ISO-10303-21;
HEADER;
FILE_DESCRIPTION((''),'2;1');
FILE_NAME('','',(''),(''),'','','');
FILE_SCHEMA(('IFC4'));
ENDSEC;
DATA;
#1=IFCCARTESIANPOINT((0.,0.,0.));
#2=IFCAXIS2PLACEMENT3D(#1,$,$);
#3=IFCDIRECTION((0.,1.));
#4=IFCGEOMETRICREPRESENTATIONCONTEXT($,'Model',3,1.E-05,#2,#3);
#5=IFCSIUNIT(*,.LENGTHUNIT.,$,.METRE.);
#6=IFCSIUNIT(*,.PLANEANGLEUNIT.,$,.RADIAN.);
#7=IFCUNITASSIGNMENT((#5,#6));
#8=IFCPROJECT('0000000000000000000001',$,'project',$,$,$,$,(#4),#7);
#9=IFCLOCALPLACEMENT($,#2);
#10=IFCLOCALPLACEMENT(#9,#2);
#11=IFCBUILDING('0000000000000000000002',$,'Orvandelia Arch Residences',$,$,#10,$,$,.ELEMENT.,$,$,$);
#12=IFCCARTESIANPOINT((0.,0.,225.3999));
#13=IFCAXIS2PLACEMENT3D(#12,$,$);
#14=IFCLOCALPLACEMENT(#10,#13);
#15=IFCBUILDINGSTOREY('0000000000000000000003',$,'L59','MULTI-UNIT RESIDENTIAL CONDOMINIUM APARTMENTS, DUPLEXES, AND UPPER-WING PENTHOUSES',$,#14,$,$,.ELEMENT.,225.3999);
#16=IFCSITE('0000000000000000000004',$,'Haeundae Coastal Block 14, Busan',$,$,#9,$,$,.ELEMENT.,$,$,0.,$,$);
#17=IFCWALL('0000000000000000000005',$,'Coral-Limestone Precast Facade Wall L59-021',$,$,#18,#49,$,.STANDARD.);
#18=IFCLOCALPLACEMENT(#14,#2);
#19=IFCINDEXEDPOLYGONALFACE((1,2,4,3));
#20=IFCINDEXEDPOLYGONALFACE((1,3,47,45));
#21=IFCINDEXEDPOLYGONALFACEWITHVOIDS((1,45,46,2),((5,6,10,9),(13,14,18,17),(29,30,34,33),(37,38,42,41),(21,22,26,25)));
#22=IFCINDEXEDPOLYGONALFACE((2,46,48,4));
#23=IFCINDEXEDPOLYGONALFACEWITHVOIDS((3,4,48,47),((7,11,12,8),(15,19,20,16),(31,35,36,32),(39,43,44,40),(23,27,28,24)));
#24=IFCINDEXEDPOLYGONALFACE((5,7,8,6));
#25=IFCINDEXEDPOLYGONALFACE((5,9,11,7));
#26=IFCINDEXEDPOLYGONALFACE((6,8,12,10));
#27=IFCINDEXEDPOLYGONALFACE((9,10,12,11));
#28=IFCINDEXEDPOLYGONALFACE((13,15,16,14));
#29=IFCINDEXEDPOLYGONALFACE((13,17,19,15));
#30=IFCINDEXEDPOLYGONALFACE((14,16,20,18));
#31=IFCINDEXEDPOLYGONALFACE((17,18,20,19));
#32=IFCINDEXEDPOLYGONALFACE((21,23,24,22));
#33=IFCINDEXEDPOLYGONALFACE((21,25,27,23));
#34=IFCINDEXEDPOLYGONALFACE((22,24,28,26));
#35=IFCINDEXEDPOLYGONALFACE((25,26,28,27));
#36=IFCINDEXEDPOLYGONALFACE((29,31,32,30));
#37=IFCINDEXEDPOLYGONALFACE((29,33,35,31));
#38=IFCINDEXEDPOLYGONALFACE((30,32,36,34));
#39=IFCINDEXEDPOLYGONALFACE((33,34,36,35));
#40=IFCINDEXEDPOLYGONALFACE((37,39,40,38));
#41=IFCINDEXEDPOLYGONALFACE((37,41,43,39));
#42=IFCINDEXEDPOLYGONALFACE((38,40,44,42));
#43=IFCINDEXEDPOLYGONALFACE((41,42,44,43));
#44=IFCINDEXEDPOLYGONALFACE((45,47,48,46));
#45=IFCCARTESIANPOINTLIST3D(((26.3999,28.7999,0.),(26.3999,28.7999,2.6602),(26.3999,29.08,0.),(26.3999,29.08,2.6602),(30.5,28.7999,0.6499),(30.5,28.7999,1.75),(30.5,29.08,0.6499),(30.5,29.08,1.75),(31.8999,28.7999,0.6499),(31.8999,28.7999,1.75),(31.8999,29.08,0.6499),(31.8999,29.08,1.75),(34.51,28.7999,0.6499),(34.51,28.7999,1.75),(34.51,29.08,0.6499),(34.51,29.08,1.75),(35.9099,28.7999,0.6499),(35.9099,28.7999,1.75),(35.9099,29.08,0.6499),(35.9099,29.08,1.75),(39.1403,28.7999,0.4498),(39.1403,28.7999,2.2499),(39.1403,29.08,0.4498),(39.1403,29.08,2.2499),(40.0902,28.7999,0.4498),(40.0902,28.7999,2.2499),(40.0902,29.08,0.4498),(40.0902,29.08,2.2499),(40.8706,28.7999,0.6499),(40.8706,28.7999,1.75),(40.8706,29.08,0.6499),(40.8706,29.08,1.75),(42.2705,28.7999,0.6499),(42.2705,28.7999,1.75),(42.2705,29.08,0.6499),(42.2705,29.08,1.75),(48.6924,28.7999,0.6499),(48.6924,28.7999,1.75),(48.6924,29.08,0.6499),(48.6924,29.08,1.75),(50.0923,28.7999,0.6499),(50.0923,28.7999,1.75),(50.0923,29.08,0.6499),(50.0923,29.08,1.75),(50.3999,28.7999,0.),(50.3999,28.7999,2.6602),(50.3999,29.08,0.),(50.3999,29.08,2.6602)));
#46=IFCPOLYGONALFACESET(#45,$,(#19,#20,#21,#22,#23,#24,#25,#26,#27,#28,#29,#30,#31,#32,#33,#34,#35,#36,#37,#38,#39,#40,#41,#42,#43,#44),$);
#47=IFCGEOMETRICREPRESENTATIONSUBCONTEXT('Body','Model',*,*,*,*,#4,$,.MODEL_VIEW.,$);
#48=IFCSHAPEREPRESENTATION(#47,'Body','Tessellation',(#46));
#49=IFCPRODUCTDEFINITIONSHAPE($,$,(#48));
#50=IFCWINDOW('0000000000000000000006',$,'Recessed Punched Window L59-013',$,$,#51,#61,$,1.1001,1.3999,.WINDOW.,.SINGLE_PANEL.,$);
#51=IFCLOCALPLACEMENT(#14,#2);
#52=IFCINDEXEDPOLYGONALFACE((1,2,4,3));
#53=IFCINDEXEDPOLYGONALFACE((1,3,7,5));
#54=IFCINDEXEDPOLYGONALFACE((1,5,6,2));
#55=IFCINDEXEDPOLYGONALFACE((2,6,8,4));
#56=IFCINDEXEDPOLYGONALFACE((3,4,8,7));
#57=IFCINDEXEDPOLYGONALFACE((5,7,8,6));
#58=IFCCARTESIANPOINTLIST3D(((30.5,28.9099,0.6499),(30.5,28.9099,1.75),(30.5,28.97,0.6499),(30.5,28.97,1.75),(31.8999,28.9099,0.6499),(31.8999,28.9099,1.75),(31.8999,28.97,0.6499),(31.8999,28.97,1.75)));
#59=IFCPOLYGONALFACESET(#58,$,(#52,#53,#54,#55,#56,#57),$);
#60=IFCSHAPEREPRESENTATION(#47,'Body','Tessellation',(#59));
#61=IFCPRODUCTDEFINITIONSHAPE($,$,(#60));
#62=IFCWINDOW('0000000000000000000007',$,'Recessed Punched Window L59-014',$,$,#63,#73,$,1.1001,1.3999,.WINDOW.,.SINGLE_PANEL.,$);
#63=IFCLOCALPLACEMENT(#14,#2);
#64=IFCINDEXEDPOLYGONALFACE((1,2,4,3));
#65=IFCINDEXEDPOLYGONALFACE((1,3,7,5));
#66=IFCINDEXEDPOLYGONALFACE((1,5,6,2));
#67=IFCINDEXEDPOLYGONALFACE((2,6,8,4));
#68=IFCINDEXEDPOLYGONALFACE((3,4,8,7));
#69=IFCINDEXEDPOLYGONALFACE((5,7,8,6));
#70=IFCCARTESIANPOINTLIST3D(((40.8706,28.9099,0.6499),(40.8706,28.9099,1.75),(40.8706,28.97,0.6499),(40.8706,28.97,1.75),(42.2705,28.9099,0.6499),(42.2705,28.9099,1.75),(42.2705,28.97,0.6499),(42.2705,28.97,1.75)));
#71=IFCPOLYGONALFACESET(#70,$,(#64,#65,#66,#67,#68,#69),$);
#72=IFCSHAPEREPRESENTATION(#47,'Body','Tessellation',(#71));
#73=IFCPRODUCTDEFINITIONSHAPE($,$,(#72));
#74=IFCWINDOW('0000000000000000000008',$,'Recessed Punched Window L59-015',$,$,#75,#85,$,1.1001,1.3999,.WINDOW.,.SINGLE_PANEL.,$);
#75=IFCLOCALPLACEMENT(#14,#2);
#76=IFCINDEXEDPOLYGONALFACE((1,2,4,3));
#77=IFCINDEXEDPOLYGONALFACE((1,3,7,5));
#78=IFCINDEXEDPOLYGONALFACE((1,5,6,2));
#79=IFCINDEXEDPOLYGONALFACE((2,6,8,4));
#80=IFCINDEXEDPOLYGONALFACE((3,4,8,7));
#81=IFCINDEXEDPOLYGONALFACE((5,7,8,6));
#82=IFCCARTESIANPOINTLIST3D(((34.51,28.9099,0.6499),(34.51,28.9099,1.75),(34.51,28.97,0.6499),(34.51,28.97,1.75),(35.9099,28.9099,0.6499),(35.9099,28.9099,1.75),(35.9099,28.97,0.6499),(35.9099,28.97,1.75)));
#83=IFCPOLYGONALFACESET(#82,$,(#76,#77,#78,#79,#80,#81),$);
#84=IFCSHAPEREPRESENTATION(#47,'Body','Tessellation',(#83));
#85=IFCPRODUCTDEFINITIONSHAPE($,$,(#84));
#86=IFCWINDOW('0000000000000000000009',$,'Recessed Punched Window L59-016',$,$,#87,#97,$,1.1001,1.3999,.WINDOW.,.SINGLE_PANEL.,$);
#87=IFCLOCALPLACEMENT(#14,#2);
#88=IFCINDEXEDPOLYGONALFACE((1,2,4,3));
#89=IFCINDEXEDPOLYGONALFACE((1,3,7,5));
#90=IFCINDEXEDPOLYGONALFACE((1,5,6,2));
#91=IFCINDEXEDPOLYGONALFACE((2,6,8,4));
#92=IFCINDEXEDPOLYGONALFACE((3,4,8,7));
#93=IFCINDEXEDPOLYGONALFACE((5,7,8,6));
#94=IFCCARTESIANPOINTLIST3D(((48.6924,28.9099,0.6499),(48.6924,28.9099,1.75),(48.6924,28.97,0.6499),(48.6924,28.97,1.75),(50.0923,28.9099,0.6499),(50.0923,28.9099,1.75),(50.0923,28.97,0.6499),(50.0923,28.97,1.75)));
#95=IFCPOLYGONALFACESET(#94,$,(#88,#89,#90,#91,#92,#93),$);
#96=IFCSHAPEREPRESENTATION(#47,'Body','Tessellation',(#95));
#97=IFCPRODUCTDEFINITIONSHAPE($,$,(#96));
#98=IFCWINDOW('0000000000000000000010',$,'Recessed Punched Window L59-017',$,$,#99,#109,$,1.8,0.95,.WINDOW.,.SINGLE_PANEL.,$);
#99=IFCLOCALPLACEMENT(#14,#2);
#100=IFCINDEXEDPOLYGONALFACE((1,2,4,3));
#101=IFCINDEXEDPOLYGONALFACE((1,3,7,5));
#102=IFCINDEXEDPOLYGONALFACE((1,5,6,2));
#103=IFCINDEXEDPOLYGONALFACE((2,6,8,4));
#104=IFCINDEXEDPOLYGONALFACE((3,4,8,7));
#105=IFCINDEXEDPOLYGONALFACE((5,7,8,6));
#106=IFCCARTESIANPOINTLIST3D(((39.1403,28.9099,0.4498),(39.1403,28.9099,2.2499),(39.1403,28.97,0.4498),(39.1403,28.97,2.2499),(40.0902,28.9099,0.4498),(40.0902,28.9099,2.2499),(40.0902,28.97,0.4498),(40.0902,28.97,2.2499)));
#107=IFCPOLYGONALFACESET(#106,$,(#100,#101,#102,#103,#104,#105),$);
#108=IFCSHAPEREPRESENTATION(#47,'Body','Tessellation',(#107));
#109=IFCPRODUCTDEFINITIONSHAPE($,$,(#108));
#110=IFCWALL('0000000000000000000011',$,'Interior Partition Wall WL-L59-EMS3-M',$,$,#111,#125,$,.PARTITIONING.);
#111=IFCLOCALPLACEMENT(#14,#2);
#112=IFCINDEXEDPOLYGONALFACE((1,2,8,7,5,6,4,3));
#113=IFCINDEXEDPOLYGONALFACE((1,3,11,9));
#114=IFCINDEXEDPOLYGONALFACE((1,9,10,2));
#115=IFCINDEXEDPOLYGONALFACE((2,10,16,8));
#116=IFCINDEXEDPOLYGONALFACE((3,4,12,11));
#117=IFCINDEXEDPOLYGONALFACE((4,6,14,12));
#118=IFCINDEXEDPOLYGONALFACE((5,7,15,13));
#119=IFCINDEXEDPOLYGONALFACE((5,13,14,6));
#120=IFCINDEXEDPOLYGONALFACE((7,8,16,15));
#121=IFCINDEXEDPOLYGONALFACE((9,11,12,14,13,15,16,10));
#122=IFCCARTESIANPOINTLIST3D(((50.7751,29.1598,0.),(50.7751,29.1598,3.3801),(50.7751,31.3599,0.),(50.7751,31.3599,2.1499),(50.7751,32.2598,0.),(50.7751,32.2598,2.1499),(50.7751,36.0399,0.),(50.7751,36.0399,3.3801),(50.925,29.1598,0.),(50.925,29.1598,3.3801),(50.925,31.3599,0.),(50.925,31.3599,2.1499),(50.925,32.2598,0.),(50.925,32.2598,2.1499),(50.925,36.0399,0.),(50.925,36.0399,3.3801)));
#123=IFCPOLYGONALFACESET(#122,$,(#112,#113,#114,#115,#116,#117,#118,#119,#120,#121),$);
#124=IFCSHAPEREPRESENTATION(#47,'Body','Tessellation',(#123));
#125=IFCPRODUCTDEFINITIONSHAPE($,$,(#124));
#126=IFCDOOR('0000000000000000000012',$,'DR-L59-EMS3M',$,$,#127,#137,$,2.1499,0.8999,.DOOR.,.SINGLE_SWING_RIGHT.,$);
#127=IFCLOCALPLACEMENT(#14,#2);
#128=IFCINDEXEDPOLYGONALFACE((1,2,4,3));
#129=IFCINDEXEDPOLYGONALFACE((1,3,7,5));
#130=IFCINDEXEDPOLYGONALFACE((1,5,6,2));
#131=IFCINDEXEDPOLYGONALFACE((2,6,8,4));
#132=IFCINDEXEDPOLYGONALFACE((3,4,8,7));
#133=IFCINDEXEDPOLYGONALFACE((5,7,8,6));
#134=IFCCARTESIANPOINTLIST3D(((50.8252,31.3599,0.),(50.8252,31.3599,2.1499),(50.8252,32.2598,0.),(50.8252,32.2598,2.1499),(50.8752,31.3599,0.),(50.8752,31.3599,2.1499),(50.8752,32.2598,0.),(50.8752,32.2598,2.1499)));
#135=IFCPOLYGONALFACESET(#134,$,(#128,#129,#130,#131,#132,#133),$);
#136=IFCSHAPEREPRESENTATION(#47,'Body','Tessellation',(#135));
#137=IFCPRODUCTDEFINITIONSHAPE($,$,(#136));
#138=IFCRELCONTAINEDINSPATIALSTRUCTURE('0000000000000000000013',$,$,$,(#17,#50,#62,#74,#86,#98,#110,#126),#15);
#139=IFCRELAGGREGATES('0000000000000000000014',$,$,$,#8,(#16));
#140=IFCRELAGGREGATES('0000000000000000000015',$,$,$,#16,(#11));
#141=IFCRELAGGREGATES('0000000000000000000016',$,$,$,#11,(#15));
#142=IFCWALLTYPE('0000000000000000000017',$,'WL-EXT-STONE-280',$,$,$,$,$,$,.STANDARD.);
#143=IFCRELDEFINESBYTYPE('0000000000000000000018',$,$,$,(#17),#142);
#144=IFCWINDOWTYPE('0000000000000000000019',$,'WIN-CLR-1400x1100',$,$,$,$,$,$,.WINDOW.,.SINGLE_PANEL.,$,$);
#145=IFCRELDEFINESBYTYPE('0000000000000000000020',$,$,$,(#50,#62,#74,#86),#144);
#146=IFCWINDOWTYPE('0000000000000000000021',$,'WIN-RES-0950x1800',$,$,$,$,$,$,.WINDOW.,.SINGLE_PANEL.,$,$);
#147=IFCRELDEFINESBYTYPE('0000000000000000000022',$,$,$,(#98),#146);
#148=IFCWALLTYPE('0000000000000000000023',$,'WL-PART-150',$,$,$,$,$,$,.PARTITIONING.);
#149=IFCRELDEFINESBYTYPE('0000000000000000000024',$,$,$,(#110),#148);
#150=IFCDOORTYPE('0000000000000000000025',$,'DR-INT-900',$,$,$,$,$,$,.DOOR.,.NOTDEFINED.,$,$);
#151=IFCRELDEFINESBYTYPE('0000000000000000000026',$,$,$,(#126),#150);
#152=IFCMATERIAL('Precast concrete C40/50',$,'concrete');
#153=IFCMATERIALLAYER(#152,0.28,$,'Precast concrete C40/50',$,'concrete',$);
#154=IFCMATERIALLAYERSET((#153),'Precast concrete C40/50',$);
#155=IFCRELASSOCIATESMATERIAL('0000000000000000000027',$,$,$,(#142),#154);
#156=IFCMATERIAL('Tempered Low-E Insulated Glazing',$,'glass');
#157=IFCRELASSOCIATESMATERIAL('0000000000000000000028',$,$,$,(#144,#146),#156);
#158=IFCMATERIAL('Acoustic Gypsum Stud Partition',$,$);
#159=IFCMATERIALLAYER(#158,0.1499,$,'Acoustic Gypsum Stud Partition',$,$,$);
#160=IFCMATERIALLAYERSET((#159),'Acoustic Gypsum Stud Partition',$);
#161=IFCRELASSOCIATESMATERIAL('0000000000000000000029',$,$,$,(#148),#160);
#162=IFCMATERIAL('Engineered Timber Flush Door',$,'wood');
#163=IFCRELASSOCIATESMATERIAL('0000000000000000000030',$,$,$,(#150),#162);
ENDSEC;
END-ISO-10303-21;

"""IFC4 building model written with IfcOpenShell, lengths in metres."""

from ifc_helpers import new_model, si_unit, direction, frame, frame_2d, origin, place, context, subcontext, project, spatial, rectangle, extrude, material, layer, layer_set, type_object, element, fill, save


model = new_model("IFC4")

# Units and contexts
model_context = context("Model", 3, precision=1e-05, world=origin(), true_north=direction((0.0, 1.0)))
body_context = subcontext(model_context, "Body", "Model", "MODEL_VIEW")
ifc_project = project(units=[si_unit("LENGTHUNIT", "METRE"), si_unit("PLANEANGLEUNIT", "RADIAN")], contexts=[model_context])

# Site, building, storey
site_placement = place(None, origin())
site = spatial("IfcSite", under=ifc_project, at=site_placement, Name="Haeundae Coastal Block 14, Busan", CompositionType="ELEMENT", RefElevation=0.0)
building_placement = place(site_placement, origin())
building = spatial("IfcBuilding", under=site, at=building_placement, Name="Orvandelia Arch Residences", CompositionType="ELEMENT")
storey_placement = place(building_placement, frame((0.0, 0.0, 225.3999)))
storey = spatial("IfcBuildingStorey", under=building, at=storey_placement, Name="L59", Description="MULTI-UNIT RESIDENTIAL CONDOMINIUM APARTMENTS, DUPLEXES, AND UPPER-WING PENTHOUSES", CompositionType="ELEMENT", Elevation=225.3999)

# Shared definitions
ifc_material_1 = material(Name="Precast concrete C40/50", Category="concrete")
ifc_layer_1 = layer(ifc_material_1, 0.28, Name="Precast concrete C40/50", Category="concrete")
ifc_layer_set_1 = layer_set([ifc_layer_1], Name="Precast concrete C40/50")
wall_type_1 = type_object("IfcWallType", Name="WL-EXT-STONE-280", PredefinedType="STANDARD", material=ifc_layer_set_1)

# Wall, openings, windows
wall_1_placement = place(storey_placement, frame((50.3999, 28.9399, 0.0), z_axis=(0.0, 0.0, 1.0), x_axis=(-1.0, 0.0, 0.0)))
wall_1 = element("IfcWall", 1, at=wall_1_placement, inside=storey, type_object=wall_type_1, Name="Coral-Limestone Precast Facade Wall L59-021", PredefinedType="STANDARD", context=body_context, shape_type="SweptSolid", body=[
    extrude(rectangle(XDim=24.0, YDim=0.28, at=frame_2d((12.0, 0.0))), origin(), (0.0, 0.0, 1.0), 2.6602),
])
opening_1_placement = place(wall_1_placement, frame((18.5, 0.0, 0.6499)))
opening_1 = element("IfcOpeningElement", 2, at=opening_1_placement, cuts=wall_1, PredefinedType="OPENING", context=body_context, shape_type="SweptSolid", body=[
    extrude(rectangle(XDim=1.3999, YDim=1.1001, at=frame_2d((0.7, 0.55))), frame((0.0, 0.1499, 0.0), z_axis=(0.0, -1.0, 0.0), x_axis=(1.0, 0.0, 0.0)), (0.0, 0.0, 1.0), 0.3),
])
opening_2_placement = place(wall_1_placement, frame((8.1294, 0.0, 0.6499)))
opening_2 = element("IfcOpeningElement", 3, at=opening_2_placement, cuts=wall_1, PredefinedType="OPENING", context=body_context, shape_type="SweptSolid", body=[
    extrude(rectangle(XDim=1.3999, YDim=1.1001, at=frame_2d((0.7, 0.55))), frame((0.0, 0.1499, 0.0), z_axis=(0.0, -1.0, 0.0), x_axis=(1.0, 0.0, 0.0)), (0.0, 0.0, 1.0), 0.3),
])
opening_3_placement = place(wall_1_placement, frame((14.49, 0.0, 0.6499)))
opening_3 = element("IfcOpeningElement", 4, at=opening_3_placement, cuts=wall_1, PredefinedType="OPENING", context=body_context, shape_type="SweptSolid", body=[
    extrude(rectangle(XDim=1.3999, YDim=1.1001, at=frame_2d((0.7, 0.55))), frame((0.0, 0.1499, 0.0), z_axis=(0.0, -1.0, 0.0), x_axis=(1.0, 0.0, 0.0)), (0.0, 0.0, 1.0), 0.3),
])
opening_4_placement = place(wall_1_placement, frame((0.3076, 0.0, 0.6499)))
opening_4 = element("IfcOpeningElement", 5, at=opening_4_placement, cuts=wall_1, PredefinedType="OPENING", context=body_context, shape_type="SweptSolid", body=[
    extrude(rectangle(XDim=1.3999, YDim=1.1001, at=frame_2d((0.7, 0.55))), frame((0.0, 0.1499, 0.0), z_axis=(0.0, -1.0, 0.0), x_axis=(1.0, 0.0, 0.0)), (0.0, 0.0, 1.0), 0.3),
])
opening_5_placement = place(wall_1_placement, frame((10.3096, 0.0, 0.45)))
opening_5 = element("IfcOpeningElement", 6, at=opening_5_placement, cuts=wall_1, PredefinedType="OPENING", context=body_context, shape_type="SweptSolid", body=[
    extrude(rectangle(XDim=0.95, YDim=1.8, at=frame_2d((0.4751, 0.8999))), frame((0.0, 0.1499, 0.0), z_axis=(0.0, -1.0, 0.0), x_axis=(1.0, 0.0, 0.0)), (0.0, 0.0, 1.0), 0.3),
])
ifc_material_2 = material(Name="Tempered Low-E Insulated Glazing", Category="glass")
window_type_1 = type_object("IfcWindowType", Name="WIN-CLR-1400x1100", PartitioningType="SINGLE_PANEL", PredefinedType="WINDOW", material=ifc_material_2)
window_1_placement = place(opening_1_placement, origin())
window_1 = element("IfcWindow", 7, at=window_1_placement, inside=storey, type_object=window_type_1, Name="Recessed Punched Window L59-013", OverallHeight=1.1001, OverallWidth=1.3999, PartitioningType="SINGLE_PANEL", PredefinedType="WINDOW", context=body_context, shape_type="SweptSolid", body=[
    extrude(rectangle(XDim=1.3999, YDim=1.1001, at=frame_2d((0.7, 0.55))), frame((0.0, 0.03, 0.0), z_axis=(0.0, -1.0, 0.0), x_axis=(1.0, 0.0, 0.0)), (0.0, 0.0, 1.0), 0.0601),
])
fill(opening_1, window_1)
window_2_placement = place(opening_2_placement, origin())
window_2 = element("IfcWindow", 8, at=window_2_placement, inside=storey, type_object=window_type_1, Name="Recessed Punched Window L59-014", OverallHeight=1.1001, OverallWidth=1.3999, PartitioningType="SINGLE_PANEL", PredefinedType="WINDOW", context=body_context, shape_type="SweptSolid", body=[
    extrude(rectangle(XDim=1.3999, YDim=1.1001, at=frame_2d((0.7, 0.55))), frame((0.0, 0.03, 0.0), z_axis=(0.0, -1.0, 0.0), x_axis=(1.0, 0.0, 0.0)), (0.0, 0.0, 1.0), 0.0601),
])
fill(opening_2, window_2)
window_3_placement = place(opening_3_placement, origin())
window_3 = element("IfcWindow", 9, at=window_3_placement, inside=storey, type_object=window_type_1, Name="Recessed Punched Window L59-015", OverallHeight=1.1001, OverallWidth=1.3999, PartitioningType="SINGLE_PANEL", PredefinedType="WINDOW", context=body_context, shape_type="SweptSolid", body=[
    extrude(rectangle(XDim=1.3999, YDim=1.1001, at=frame_2d((0.7, 0.55))), frame((0.0, 0.03, 0.0), z_axis=(0.0, -1.0, 0.0), x_axis=(1.0, 0.0, 0.0)), (0.0, 0.0, 1.0), 0.0601),
])
fill(opening_3, window_3)
window_4_placement = place(opening_4_placement, origin())
window_4 = element("IfcWindow", 10, at=window_4_placement, inside=storey, type_object=window_type_1, Name="Recessed Punched Window L59-016", OverallHeight=1.1001, OverallWidth=1.3999, PartitioningType="SINGLE_PANEL", PredefinedType="WINDOW", context=body_context, shape_type="SweptSolid", body=[
    extrude(rectangle(XDim=1.3999, YDim=1.1001, at=frame_2d((0.7, 0.55))), frame((0.0, 0.03, 0.0), z_axis=(0.0, -1.0, 0.0), x_axis=(1.0, 0.0, 0.0)), (0.0, 0.0, 1.0), 0.0601),
])
fill(opening_4, window_4)
window_type_2 = type_object("IfcWindowType", Name="WIN-RES-0950x1800", PartitioningType="SINGLE_PANEL", PredefinedType="WINDOW", material=ifc_material_2)
window_5_placement = place(opening_5_placement, origin())
window_5 = element("IfcWindow", 11, at=window_5_placement, inside=storey, type_object=window_type_2, Name="Recessed Punched Window L59-017", OverallHeight=1.8, OverallWidth=0.95, PartitioningType="SINGLE_PANEL", PredefinedType="WINDOW", context=body_context, shape_type="SweptSolid", body=[
    extrude(rectangle(XDim=0.95, YDim=1.8, at=frame_2d((0.4751, 0.8999))), frame((0.0, 0.03, 0.0), z_axis=(0.0, -1.0, 0.0), x_axis=(1.0, 0.0, 0.0)), (0.0, 0.0, 1.0), 0.0601),
])
fill(opening_5, window_5)

# Wall, opening, door
ifc_material_3 = material(Name="Acoustic Gypsum Stud Partition")
ifc_layer_2 = layer(ifc_material_3, 0.1499, Name="Acoustic Gypsum Stud Partition")
ifc_layer_set_2 = layer_set([ifc_layer_2], Name="Acoustic Gypsum Stud Partition")
wall_type_2 = type_object("IfcWallType", Name="WL-PART-150", PredefinedType="PARTITIONING", material=ifc_layer_set_2)
wall_2_placement = place(storey_placement, frame((50.8501, 29.1599, 0.0), z_axis=(0.0, 0.0, 1.0), x_axis=(0.0, 1.0, 0.0)))
wall_2 = element("IfcWall", 12, at=wall_2_placement, inside=storey, type_object=wall_type_2, Name="Interior Partition Wall WL-L59-EMS3-M", PredefinedType="PARTITIONING", context=body_context, shape_type="SweptSolid", body=[
    extrude(rectangle(XDim=6.8801, YDim=0.1499, at=frame_2d((3.4399, 0.0))), origin(), (0.0, 0.0, 1.0), 3.3801),
])
opening_6_placement = place(wall_2_placement, frame((2.2, 0.0, 0.0)))
opening_6 = element("IfcOpeningElement", 13, at=opening_6_placement, cuts=wall_2, PredefinedType="OPENING", context=body_context, shape_type="SweptSolid", body=[
    extrude(rectangle(XDim=0.8999, YDim=2.1499, at=frame_2d((0.45, 1.075))), frame((0.0, 0.085, 0.0), z_axis=(0.0, -1.0, 0.0), x_axis=(1.0, 0.0, 0.0)), (0.0, 0.0, 1.0), 0.1699),
])
ifc_material_4 = material(Name="Engineered Timber Flush Door", Category="wood")
door_type = type_object("IfcDoorType", Name="DR-INT-900", OperationType="NOTDEFINED", PredefinedType="DOOR", material=ifc_material_4)
door_placement = place(opening_6_placement, origin())
door = element("IfcDoor", 14, at=door_placement, inside=storey, type_object=door_type, Name="DR-L59-EMS3M", OperationType="SINGLE_SWING_RIGHT", OverallHeight=2.1499, OverallWidth=0.8999, PredefinedType="DOOR", context=body_context, shape_type="SweptSolid", body=[
    extrude(rectangle(XDim=0.8999, YDim=2.1499, at=frame_2d((0.45, 1.075))), frame((0.0, 0.0249, 0.0), z_axis=(0.0, -1.0, 0.0), x_axis=(1.0, 0.0, 0.0)), (0.0, 0.0, 1.0), 0.05),
])
fill(opening_6, door)

save(model, "model.ifc")
